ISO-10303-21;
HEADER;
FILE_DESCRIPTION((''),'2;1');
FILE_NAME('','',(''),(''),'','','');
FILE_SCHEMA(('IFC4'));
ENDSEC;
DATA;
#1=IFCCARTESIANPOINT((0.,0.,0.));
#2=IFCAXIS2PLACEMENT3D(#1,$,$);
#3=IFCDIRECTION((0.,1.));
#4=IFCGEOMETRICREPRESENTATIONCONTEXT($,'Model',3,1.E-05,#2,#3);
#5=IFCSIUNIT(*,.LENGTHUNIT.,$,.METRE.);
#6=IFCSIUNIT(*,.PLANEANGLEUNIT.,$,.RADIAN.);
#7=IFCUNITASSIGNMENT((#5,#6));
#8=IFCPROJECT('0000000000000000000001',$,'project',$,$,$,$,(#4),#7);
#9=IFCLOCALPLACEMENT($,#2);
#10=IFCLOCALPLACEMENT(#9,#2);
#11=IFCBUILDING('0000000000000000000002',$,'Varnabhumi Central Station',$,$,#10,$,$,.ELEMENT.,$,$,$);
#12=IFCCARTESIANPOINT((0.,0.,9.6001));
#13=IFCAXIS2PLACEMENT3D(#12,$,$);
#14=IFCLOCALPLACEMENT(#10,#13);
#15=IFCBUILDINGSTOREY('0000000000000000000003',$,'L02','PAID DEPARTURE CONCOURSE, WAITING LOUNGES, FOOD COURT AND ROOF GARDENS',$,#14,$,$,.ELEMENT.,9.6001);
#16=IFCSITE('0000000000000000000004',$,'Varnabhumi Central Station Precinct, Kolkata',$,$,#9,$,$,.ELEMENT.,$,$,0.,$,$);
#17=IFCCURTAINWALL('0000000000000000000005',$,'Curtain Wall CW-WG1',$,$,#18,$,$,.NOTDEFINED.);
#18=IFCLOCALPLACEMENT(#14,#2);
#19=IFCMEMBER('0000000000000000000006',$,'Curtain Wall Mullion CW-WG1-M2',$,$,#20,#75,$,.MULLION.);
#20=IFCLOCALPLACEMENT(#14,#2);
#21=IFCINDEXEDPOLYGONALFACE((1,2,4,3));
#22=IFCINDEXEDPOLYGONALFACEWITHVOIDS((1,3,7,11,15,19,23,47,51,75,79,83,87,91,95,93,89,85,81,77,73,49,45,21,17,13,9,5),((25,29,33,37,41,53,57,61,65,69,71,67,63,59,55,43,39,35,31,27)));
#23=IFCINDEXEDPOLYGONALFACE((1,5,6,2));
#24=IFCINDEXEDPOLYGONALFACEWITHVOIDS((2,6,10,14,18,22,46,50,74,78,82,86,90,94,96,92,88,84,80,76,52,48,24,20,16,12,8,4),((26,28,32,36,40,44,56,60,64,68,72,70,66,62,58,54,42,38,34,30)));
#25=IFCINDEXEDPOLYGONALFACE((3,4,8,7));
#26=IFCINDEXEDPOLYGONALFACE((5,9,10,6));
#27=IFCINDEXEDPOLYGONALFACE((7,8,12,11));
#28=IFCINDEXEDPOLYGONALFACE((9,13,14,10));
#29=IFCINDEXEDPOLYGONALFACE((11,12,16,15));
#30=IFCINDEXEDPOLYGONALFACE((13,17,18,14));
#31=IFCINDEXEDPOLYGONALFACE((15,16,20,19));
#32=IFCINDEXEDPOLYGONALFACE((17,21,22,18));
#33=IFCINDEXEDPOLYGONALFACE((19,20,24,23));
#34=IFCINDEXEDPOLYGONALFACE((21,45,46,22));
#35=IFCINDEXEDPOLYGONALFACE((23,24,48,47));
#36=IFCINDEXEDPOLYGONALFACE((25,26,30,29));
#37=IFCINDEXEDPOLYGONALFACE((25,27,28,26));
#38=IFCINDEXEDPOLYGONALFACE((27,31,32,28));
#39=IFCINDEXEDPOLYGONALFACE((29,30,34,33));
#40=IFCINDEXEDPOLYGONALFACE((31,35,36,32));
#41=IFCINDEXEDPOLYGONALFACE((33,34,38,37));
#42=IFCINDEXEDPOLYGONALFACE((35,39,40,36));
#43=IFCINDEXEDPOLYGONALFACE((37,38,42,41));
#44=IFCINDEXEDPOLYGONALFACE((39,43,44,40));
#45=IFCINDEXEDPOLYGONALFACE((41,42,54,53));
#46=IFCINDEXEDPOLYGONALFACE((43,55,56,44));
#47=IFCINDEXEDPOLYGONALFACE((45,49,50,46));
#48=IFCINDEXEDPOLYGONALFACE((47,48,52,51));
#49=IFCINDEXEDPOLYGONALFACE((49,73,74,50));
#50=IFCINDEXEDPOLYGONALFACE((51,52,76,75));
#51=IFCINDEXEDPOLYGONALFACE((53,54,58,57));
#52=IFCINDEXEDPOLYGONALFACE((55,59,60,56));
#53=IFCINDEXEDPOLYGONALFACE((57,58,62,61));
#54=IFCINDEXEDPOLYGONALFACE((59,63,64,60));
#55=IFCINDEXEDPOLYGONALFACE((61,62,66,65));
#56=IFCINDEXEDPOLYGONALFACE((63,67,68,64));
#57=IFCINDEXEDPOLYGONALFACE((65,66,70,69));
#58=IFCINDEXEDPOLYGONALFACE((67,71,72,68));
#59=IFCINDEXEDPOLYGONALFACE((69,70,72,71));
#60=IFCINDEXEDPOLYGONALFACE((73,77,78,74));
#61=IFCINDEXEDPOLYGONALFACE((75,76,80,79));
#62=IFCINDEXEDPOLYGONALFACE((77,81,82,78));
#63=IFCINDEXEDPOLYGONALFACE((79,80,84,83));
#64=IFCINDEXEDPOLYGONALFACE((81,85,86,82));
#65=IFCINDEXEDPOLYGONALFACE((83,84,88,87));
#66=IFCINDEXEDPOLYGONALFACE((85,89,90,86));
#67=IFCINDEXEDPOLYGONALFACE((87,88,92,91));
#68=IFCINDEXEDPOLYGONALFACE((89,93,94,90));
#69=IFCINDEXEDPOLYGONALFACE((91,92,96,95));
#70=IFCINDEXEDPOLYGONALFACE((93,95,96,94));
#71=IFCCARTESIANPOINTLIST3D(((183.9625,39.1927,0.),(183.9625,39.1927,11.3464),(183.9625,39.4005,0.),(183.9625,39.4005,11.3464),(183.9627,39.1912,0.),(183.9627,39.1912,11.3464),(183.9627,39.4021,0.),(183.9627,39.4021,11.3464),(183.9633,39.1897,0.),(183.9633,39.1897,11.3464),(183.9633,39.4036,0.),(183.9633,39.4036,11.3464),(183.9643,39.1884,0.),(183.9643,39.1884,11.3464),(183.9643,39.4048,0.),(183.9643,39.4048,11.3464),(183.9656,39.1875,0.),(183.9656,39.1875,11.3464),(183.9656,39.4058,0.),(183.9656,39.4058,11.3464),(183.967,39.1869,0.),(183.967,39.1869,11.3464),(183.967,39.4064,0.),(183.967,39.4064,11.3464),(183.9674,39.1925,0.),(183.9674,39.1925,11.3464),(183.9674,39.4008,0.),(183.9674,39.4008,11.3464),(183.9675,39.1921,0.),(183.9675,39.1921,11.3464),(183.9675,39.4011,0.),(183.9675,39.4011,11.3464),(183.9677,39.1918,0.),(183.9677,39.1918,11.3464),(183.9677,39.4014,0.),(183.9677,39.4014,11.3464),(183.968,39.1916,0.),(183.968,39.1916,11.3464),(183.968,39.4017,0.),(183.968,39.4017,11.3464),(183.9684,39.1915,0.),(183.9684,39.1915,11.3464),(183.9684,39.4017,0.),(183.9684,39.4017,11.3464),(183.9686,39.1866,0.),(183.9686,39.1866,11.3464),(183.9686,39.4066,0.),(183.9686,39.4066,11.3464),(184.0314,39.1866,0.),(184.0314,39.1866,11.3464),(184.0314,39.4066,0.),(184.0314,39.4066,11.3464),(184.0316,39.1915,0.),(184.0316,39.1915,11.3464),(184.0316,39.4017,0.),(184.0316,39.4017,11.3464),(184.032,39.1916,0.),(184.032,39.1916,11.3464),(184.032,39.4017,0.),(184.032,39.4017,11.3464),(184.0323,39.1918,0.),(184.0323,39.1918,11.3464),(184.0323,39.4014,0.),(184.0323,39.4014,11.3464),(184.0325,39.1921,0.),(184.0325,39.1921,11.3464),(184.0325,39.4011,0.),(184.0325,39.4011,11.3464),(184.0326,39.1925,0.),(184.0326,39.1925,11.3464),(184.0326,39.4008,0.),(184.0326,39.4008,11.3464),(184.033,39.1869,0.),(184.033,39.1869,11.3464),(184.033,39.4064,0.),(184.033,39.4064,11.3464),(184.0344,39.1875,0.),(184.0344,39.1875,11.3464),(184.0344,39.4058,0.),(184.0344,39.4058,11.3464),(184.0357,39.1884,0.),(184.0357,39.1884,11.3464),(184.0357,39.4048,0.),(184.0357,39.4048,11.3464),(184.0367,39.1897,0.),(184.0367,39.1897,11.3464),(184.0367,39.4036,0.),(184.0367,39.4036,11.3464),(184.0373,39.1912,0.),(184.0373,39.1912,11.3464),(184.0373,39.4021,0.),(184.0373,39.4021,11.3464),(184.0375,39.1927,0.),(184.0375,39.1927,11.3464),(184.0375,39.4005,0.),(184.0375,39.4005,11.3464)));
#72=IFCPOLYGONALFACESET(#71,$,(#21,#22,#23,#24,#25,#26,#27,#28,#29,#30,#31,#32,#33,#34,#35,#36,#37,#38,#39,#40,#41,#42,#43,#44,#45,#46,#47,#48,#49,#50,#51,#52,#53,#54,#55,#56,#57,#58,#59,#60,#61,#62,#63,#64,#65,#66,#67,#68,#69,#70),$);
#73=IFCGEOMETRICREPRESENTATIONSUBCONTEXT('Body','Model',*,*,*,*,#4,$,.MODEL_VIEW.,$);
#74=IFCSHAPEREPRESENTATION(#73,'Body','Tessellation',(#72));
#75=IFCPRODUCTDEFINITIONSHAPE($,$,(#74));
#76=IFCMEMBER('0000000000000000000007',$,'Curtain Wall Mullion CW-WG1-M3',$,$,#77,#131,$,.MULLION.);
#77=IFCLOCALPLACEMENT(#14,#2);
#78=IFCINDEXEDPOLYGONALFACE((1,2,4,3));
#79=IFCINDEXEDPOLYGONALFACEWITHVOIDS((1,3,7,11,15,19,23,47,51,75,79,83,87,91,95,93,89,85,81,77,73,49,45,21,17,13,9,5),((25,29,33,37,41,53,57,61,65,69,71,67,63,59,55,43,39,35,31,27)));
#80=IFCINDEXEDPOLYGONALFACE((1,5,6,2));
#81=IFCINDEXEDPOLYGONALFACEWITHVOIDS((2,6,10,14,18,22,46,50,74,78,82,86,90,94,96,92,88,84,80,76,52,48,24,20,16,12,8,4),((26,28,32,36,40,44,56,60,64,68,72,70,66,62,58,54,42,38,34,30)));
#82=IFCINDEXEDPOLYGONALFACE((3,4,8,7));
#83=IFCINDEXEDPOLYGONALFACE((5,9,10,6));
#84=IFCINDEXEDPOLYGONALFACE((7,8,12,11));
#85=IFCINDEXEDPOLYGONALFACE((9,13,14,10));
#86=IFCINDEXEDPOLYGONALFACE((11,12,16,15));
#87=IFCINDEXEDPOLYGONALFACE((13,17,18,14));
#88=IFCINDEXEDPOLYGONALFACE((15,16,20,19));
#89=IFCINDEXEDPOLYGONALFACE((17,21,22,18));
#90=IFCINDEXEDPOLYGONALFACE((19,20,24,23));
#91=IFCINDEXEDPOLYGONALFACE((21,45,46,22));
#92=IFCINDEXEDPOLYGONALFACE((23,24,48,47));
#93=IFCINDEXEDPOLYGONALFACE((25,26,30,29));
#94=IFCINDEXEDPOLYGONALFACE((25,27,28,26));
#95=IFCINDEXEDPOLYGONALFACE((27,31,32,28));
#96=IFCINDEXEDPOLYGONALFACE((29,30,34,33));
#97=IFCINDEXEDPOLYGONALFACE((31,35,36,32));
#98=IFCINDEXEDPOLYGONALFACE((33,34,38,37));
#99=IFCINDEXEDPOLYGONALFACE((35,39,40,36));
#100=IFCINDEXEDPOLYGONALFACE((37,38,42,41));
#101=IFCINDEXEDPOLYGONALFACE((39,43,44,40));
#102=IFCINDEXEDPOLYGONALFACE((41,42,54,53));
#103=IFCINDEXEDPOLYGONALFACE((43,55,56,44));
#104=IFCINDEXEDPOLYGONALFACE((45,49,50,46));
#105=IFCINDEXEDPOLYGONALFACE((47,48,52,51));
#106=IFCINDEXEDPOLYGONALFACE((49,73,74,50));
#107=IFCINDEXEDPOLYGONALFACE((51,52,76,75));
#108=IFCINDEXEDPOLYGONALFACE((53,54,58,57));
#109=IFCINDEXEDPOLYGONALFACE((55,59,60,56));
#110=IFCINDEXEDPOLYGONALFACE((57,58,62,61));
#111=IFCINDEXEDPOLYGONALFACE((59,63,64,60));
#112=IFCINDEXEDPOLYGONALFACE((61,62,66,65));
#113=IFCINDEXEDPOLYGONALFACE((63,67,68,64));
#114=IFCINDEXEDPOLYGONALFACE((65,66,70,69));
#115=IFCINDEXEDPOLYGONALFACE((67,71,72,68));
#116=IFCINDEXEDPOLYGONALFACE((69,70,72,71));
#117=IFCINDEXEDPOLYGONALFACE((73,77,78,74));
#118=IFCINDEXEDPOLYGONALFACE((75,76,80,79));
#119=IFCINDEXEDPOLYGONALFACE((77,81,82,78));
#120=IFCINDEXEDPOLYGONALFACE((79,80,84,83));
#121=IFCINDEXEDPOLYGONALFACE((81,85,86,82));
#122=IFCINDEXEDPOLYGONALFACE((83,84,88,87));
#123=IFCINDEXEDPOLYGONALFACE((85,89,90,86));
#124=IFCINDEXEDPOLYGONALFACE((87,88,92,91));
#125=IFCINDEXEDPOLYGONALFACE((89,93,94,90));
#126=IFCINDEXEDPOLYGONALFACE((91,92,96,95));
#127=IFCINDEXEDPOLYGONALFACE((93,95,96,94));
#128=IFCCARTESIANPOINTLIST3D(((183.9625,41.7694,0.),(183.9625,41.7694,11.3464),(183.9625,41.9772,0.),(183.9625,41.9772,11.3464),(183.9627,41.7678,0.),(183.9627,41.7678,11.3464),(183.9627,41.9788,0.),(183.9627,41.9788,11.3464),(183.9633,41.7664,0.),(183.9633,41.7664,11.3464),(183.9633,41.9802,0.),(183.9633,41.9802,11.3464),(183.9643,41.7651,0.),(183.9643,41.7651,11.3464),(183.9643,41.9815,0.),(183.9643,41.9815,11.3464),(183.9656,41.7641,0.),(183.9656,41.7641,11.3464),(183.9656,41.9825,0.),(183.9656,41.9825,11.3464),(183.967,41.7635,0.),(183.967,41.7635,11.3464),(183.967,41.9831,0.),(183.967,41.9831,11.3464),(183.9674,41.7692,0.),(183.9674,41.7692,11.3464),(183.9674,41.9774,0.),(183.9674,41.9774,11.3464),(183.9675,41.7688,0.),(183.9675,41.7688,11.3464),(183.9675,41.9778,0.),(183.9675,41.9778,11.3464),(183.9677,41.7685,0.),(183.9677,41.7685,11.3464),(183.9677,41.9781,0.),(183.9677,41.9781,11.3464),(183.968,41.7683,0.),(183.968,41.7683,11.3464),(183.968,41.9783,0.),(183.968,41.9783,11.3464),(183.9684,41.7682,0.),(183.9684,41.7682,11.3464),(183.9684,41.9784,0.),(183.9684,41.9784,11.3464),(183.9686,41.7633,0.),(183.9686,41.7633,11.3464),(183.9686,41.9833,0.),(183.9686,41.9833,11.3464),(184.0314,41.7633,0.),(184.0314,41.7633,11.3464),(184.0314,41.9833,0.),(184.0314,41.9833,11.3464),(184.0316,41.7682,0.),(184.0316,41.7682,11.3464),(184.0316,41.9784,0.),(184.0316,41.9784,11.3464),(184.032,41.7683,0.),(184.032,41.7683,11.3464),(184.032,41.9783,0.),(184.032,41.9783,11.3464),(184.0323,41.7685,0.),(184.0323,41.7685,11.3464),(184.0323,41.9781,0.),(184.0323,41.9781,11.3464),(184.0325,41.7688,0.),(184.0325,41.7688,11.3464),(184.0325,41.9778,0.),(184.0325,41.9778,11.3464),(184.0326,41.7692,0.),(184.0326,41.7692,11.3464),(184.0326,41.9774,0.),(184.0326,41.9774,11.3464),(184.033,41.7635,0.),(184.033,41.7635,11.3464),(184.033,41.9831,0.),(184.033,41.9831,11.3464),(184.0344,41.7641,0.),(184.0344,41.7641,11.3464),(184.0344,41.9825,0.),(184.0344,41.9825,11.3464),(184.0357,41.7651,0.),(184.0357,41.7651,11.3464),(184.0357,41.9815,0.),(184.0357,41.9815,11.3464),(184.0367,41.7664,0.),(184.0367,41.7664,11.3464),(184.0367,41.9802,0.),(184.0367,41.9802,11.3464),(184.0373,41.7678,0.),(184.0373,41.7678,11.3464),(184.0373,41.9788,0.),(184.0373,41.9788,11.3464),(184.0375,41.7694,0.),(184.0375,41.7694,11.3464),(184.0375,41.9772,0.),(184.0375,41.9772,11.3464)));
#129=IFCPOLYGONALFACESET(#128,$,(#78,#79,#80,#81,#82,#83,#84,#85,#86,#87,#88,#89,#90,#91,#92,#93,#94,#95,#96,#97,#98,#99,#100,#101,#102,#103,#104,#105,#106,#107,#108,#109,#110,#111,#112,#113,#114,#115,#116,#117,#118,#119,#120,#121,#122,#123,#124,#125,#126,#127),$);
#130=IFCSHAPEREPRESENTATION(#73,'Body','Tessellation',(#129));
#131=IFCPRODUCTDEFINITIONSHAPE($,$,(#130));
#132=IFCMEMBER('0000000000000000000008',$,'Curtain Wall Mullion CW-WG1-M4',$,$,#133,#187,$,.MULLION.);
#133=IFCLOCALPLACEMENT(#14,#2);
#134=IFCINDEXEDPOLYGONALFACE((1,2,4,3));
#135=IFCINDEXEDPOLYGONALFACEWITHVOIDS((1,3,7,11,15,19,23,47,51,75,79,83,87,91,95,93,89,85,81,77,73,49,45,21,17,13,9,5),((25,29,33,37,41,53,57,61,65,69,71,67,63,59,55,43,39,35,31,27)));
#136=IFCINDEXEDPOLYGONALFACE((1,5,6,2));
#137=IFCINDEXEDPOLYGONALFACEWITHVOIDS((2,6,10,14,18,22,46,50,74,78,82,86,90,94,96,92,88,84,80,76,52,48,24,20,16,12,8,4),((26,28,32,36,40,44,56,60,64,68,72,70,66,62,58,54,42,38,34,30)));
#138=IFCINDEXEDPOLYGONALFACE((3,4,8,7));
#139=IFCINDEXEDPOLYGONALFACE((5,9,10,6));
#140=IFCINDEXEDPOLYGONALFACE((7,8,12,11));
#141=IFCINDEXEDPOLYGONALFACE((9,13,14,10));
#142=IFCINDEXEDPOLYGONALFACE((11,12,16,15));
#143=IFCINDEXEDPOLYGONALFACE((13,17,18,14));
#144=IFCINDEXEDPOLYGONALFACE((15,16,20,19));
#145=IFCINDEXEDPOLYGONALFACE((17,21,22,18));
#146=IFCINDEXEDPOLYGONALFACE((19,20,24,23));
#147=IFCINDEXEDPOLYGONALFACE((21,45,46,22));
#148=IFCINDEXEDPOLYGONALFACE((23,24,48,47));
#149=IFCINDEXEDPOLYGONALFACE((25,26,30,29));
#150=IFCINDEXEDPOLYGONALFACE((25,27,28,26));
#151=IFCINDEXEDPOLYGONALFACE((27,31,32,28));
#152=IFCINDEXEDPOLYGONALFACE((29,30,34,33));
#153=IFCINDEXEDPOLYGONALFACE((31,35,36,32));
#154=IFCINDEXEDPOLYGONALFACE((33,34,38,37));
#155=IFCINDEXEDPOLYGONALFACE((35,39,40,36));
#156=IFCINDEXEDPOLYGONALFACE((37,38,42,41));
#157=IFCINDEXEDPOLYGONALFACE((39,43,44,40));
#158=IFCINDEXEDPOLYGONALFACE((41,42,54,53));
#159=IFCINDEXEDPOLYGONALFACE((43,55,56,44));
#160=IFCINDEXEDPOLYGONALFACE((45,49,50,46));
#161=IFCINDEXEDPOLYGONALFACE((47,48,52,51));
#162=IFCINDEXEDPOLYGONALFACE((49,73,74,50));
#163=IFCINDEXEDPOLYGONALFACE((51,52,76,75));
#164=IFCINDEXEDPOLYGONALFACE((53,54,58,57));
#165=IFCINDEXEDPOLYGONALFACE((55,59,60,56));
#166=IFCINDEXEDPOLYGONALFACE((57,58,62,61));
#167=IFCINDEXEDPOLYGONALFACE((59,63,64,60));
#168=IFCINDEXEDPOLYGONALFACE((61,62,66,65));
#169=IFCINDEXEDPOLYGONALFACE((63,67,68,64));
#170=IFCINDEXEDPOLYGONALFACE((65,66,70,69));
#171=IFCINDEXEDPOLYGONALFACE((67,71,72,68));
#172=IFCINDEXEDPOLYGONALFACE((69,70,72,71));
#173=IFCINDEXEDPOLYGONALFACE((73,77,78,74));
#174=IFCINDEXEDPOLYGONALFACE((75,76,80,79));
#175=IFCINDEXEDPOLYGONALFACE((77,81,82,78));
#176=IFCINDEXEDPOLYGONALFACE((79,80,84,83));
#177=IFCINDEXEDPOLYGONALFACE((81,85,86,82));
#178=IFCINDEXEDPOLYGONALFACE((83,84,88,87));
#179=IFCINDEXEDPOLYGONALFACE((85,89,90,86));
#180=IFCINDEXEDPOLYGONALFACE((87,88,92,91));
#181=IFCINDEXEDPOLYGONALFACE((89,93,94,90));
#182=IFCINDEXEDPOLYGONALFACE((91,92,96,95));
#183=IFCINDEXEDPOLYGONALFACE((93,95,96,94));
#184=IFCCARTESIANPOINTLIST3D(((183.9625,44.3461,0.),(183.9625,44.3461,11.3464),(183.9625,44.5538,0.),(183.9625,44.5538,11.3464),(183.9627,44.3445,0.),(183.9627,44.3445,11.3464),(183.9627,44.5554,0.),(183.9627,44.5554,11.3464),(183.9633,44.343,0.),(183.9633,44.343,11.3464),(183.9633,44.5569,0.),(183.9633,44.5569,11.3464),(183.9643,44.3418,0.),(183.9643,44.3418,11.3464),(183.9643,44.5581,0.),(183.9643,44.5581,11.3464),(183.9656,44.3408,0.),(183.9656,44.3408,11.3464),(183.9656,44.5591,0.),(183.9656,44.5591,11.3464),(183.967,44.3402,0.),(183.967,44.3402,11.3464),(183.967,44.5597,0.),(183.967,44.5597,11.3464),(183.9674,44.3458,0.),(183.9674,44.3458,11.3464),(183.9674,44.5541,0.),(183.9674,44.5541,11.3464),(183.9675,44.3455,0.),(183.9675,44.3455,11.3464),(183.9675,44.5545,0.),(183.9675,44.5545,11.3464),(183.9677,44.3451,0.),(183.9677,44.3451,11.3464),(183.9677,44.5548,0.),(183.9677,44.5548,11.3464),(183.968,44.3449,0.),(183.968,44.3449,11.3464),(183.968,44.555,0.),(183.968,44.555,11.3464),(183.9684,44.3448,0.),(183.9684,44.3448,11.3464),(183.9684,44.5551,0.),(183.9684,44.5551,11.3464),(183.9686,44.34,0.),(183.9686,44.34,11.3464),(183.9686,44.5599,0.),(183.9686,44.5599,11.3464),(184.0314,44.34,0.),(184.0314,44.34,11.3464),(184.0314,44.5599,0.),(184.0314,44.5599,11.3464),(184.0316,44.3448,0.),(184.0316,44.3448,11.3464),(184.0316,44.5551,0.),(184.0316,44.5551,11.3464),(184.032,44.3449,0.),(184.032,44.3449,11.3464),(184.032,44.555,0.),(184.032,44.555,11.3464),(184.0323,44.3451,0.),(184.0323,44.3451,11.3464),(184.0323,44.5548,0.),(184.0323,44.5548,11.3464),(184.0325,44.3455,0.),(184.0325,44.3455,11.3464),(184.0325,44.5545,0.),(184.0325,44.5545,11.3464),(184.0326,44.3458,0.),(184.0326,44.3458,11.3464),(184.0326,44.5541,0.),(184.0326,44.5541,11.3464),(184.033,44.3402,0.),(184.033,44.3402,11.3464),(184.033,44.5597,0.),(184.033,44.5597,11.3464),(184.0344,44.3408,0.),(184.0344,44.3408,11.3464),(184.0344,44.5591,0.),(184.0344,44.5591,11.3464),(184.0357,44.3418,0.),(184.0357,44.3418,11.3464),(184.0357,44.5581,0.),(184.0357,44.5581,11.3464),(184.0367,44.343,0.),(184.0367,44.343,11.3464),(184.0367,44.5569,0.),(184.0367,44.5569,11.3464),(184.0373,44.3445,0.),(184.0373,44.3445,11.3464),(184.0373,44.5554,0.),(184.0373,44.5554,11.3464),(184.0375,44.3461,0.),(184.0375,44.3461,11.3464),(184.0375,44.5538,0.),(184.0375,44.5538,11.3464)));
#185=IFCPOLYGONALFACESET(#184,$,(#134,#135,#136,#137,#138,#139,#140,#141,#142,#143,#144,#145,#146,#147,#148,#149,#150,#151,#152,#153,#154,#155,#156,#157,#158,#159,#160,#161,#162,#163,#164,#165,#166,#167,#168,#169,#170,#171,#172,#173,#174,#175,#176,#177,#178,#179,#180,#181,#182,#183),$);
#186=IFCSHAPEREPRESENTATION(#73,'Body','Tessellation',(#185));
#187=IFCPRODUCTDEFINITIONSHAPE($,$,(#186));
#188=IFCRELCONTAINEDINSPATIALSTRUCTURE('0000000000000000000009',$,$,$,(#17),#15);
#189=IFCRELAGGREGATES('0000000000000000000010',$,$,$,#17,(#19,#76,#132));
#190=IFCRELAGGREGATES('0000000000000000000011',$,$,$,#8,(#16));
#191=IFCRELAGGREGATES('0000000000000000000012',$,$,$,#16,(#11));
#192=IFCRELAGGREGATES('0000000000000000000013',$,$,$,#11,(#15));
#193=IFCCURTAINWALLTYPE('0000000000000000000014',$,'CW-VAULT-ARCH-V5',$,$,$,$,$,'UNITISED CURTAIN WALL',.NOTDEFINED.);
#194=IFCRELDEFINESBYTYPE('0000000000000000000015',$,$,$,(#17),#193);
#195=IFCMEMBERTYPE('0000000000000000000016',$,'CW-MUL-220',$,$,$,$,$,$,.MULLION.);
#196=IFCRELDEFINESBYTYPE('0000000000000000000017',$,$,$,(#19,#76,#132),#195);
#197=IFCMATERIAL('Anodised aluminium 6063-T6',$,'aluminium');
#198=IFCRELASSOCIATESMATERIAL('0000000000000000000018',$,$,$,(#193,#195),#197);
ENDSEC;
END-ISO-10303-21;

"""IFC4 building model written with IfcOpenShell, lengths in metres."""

from ifc_helpers import new_model, si_unit, direction, frame, origin, origin_2d, place, context, subcontext, project, spatial, hollow_rectangle, extrude, material, material_profile, profile_set, type_object, element, aggregate, save


model = new_model("IFC4")

# Units and contexts
model_context = context("Model", 3, precision=1e-05, world=origin(), true_north=direction((0.0, 1.0)))
body_context = subcontext(model_context, "Body", "Model", "MODEL_VIEW")
ifc_project = project(units=[si_unit("LENGTHUNIT", "METRE"), si_unit("PLANEANGLEUNIT", "RADIAN")], contexts=[model_context])

# Site, building, storey
site_placement = place(None, origin())
site = spatial("IfcSite", under=ifc_project, at=site_placement, Name="Varnabhumi Central Station Precinct, Kolkata", CompositionType="ELEMENT", RefElevation=0.0)
building_placement = place(site_placement, origin())
building = spatial("IfcBuilding", under=site, at=building_placement, Name="Varnabhumi Central Station", CompositionType="ELEMENT")
storey_placement = place(building_placement, frame((0.0, 0.0, 9.6001)))
storey = spatial("IfcBuildingStorey", under=building, at=storey_placement, Name="L02", Description="PAID DEPARTURE CONCOURSE, WAITING LOUNGES, FOOD COURT AND ROOF GARDENS", CompositionType="ELEMENT", Elevation=9.6001)

# Curtain wall, members
ifc_material_1 = material(Name="Anodised aluminium 6063-T6", Category="aluminium")
curtain_wall_type = type_object("IfcCurtainWallType", Name="CW-VAULT-ARCH-V5", ElementType="UNITISED CURTAIN WALL", PredefinedType="NOTDEFINED", material=ifc_material_1)
curtain_wall_1_placement = place(storey_placement, origin())
curtain_wall_1 = element("IfcCurtainWall", 1, at=curtain_wall_1_placement, inside=storey, type_object=curtain_wall_type, Name="Curtain Wall CW-WG1", PredefinedType="NOTDEFINED")
ifc_material_profile_1 = material_profile(ifc_material_1, hollow_rectangle(XDim=0.075, YDim=0.22, WallThickness=0.0049, InnerFilletRadius=0.001, OuterFilletRadius=0.0061, at=origin_2d()), Name="Anodised aluminium 6063-T6", Category="aluminium")
ifc_profile_set_1 = profile_set([ifc_material_profile_1], Name="Anodised aluminium 6063-T6")
member_type_1 = type_object("IfcMemberType", Name="CW-MUL-220", PredefinedType="MULLION", material=ifc_profile_set_1)
member_1_placement = place(storey_placement, frame((184.0, 39.2966, 0.0), z_axis=(0.0, 0.0, 1.0), x_axis=(1.0, 0.0, 0.0)))
member_1 = element("IfcMember", 2, at=member_1_placement, type_object=member_type_1, Name="Curtain Wall Mullion CW-WG1-M2", PredefinedType="MULLION", context=body_context, shape_type="SweptSolid", body=[
    extrude(hollow_rectangle(XDim=0.075, YDim=0.22, WallThickness=0.0049, InnerFilletRadius=0.001, OuterFilletRadius=0.0061, at=origin_2d()), origin(), (0.0, 0.0, 1.0), 11.3464),
])
member_2_placement = place(storey_placement, frame((184.0, 41.8733, 0.0), z_axis=(0.0, 0.0, 1.0), x_axis=(1.0, 0.0, 0.0)))
member_2 = element("IfcMember", 3, at=member_2_placement, type_object=member_type_1, Name="Curtain Wall Mullion CW-WG1-M3", PredefinedType="MULLION", context=body_context, shape_type="SweptSolid", body=[
    extrude(hollow_rectangle(XDim=0.075, YDim=0.22, WallThickness=0.0049, InnerFilletRadius=0.001, OuterFilletRadius=0.0061, at=origin_2d()), origin(), (0.0, 0.0, 1.0), 11.3464),
])
member_3_placement = place(storey_placement, frame((184.0, 44.45, 0.0), z_axis=(0.0, 0.0, 1.0), x_axis=(1.0, 0.0, 0.0)))
member_3 = element("IfcMember", 4, at=member_3_placement, type_object=member_type_1, Name="Curtain Wall Mullion CW-WG1-M4", PredefinedType="MULLION", context=body_context, shape_type="SweptSolid", body=[
    extrude(hollow_rectangle(XDim=0.075, YDim=0.22, WallThickness=0.0049, InnerFilletRadius=0.001, OuterFilletRadius=0.0061, at=origin_2d()), origin(), (0.0, 0.0, 1.0), 11.3464),
])

aggregate(curtain_wall_1, [member_1, member_2, member_3])

save(model, "model.ifc")
